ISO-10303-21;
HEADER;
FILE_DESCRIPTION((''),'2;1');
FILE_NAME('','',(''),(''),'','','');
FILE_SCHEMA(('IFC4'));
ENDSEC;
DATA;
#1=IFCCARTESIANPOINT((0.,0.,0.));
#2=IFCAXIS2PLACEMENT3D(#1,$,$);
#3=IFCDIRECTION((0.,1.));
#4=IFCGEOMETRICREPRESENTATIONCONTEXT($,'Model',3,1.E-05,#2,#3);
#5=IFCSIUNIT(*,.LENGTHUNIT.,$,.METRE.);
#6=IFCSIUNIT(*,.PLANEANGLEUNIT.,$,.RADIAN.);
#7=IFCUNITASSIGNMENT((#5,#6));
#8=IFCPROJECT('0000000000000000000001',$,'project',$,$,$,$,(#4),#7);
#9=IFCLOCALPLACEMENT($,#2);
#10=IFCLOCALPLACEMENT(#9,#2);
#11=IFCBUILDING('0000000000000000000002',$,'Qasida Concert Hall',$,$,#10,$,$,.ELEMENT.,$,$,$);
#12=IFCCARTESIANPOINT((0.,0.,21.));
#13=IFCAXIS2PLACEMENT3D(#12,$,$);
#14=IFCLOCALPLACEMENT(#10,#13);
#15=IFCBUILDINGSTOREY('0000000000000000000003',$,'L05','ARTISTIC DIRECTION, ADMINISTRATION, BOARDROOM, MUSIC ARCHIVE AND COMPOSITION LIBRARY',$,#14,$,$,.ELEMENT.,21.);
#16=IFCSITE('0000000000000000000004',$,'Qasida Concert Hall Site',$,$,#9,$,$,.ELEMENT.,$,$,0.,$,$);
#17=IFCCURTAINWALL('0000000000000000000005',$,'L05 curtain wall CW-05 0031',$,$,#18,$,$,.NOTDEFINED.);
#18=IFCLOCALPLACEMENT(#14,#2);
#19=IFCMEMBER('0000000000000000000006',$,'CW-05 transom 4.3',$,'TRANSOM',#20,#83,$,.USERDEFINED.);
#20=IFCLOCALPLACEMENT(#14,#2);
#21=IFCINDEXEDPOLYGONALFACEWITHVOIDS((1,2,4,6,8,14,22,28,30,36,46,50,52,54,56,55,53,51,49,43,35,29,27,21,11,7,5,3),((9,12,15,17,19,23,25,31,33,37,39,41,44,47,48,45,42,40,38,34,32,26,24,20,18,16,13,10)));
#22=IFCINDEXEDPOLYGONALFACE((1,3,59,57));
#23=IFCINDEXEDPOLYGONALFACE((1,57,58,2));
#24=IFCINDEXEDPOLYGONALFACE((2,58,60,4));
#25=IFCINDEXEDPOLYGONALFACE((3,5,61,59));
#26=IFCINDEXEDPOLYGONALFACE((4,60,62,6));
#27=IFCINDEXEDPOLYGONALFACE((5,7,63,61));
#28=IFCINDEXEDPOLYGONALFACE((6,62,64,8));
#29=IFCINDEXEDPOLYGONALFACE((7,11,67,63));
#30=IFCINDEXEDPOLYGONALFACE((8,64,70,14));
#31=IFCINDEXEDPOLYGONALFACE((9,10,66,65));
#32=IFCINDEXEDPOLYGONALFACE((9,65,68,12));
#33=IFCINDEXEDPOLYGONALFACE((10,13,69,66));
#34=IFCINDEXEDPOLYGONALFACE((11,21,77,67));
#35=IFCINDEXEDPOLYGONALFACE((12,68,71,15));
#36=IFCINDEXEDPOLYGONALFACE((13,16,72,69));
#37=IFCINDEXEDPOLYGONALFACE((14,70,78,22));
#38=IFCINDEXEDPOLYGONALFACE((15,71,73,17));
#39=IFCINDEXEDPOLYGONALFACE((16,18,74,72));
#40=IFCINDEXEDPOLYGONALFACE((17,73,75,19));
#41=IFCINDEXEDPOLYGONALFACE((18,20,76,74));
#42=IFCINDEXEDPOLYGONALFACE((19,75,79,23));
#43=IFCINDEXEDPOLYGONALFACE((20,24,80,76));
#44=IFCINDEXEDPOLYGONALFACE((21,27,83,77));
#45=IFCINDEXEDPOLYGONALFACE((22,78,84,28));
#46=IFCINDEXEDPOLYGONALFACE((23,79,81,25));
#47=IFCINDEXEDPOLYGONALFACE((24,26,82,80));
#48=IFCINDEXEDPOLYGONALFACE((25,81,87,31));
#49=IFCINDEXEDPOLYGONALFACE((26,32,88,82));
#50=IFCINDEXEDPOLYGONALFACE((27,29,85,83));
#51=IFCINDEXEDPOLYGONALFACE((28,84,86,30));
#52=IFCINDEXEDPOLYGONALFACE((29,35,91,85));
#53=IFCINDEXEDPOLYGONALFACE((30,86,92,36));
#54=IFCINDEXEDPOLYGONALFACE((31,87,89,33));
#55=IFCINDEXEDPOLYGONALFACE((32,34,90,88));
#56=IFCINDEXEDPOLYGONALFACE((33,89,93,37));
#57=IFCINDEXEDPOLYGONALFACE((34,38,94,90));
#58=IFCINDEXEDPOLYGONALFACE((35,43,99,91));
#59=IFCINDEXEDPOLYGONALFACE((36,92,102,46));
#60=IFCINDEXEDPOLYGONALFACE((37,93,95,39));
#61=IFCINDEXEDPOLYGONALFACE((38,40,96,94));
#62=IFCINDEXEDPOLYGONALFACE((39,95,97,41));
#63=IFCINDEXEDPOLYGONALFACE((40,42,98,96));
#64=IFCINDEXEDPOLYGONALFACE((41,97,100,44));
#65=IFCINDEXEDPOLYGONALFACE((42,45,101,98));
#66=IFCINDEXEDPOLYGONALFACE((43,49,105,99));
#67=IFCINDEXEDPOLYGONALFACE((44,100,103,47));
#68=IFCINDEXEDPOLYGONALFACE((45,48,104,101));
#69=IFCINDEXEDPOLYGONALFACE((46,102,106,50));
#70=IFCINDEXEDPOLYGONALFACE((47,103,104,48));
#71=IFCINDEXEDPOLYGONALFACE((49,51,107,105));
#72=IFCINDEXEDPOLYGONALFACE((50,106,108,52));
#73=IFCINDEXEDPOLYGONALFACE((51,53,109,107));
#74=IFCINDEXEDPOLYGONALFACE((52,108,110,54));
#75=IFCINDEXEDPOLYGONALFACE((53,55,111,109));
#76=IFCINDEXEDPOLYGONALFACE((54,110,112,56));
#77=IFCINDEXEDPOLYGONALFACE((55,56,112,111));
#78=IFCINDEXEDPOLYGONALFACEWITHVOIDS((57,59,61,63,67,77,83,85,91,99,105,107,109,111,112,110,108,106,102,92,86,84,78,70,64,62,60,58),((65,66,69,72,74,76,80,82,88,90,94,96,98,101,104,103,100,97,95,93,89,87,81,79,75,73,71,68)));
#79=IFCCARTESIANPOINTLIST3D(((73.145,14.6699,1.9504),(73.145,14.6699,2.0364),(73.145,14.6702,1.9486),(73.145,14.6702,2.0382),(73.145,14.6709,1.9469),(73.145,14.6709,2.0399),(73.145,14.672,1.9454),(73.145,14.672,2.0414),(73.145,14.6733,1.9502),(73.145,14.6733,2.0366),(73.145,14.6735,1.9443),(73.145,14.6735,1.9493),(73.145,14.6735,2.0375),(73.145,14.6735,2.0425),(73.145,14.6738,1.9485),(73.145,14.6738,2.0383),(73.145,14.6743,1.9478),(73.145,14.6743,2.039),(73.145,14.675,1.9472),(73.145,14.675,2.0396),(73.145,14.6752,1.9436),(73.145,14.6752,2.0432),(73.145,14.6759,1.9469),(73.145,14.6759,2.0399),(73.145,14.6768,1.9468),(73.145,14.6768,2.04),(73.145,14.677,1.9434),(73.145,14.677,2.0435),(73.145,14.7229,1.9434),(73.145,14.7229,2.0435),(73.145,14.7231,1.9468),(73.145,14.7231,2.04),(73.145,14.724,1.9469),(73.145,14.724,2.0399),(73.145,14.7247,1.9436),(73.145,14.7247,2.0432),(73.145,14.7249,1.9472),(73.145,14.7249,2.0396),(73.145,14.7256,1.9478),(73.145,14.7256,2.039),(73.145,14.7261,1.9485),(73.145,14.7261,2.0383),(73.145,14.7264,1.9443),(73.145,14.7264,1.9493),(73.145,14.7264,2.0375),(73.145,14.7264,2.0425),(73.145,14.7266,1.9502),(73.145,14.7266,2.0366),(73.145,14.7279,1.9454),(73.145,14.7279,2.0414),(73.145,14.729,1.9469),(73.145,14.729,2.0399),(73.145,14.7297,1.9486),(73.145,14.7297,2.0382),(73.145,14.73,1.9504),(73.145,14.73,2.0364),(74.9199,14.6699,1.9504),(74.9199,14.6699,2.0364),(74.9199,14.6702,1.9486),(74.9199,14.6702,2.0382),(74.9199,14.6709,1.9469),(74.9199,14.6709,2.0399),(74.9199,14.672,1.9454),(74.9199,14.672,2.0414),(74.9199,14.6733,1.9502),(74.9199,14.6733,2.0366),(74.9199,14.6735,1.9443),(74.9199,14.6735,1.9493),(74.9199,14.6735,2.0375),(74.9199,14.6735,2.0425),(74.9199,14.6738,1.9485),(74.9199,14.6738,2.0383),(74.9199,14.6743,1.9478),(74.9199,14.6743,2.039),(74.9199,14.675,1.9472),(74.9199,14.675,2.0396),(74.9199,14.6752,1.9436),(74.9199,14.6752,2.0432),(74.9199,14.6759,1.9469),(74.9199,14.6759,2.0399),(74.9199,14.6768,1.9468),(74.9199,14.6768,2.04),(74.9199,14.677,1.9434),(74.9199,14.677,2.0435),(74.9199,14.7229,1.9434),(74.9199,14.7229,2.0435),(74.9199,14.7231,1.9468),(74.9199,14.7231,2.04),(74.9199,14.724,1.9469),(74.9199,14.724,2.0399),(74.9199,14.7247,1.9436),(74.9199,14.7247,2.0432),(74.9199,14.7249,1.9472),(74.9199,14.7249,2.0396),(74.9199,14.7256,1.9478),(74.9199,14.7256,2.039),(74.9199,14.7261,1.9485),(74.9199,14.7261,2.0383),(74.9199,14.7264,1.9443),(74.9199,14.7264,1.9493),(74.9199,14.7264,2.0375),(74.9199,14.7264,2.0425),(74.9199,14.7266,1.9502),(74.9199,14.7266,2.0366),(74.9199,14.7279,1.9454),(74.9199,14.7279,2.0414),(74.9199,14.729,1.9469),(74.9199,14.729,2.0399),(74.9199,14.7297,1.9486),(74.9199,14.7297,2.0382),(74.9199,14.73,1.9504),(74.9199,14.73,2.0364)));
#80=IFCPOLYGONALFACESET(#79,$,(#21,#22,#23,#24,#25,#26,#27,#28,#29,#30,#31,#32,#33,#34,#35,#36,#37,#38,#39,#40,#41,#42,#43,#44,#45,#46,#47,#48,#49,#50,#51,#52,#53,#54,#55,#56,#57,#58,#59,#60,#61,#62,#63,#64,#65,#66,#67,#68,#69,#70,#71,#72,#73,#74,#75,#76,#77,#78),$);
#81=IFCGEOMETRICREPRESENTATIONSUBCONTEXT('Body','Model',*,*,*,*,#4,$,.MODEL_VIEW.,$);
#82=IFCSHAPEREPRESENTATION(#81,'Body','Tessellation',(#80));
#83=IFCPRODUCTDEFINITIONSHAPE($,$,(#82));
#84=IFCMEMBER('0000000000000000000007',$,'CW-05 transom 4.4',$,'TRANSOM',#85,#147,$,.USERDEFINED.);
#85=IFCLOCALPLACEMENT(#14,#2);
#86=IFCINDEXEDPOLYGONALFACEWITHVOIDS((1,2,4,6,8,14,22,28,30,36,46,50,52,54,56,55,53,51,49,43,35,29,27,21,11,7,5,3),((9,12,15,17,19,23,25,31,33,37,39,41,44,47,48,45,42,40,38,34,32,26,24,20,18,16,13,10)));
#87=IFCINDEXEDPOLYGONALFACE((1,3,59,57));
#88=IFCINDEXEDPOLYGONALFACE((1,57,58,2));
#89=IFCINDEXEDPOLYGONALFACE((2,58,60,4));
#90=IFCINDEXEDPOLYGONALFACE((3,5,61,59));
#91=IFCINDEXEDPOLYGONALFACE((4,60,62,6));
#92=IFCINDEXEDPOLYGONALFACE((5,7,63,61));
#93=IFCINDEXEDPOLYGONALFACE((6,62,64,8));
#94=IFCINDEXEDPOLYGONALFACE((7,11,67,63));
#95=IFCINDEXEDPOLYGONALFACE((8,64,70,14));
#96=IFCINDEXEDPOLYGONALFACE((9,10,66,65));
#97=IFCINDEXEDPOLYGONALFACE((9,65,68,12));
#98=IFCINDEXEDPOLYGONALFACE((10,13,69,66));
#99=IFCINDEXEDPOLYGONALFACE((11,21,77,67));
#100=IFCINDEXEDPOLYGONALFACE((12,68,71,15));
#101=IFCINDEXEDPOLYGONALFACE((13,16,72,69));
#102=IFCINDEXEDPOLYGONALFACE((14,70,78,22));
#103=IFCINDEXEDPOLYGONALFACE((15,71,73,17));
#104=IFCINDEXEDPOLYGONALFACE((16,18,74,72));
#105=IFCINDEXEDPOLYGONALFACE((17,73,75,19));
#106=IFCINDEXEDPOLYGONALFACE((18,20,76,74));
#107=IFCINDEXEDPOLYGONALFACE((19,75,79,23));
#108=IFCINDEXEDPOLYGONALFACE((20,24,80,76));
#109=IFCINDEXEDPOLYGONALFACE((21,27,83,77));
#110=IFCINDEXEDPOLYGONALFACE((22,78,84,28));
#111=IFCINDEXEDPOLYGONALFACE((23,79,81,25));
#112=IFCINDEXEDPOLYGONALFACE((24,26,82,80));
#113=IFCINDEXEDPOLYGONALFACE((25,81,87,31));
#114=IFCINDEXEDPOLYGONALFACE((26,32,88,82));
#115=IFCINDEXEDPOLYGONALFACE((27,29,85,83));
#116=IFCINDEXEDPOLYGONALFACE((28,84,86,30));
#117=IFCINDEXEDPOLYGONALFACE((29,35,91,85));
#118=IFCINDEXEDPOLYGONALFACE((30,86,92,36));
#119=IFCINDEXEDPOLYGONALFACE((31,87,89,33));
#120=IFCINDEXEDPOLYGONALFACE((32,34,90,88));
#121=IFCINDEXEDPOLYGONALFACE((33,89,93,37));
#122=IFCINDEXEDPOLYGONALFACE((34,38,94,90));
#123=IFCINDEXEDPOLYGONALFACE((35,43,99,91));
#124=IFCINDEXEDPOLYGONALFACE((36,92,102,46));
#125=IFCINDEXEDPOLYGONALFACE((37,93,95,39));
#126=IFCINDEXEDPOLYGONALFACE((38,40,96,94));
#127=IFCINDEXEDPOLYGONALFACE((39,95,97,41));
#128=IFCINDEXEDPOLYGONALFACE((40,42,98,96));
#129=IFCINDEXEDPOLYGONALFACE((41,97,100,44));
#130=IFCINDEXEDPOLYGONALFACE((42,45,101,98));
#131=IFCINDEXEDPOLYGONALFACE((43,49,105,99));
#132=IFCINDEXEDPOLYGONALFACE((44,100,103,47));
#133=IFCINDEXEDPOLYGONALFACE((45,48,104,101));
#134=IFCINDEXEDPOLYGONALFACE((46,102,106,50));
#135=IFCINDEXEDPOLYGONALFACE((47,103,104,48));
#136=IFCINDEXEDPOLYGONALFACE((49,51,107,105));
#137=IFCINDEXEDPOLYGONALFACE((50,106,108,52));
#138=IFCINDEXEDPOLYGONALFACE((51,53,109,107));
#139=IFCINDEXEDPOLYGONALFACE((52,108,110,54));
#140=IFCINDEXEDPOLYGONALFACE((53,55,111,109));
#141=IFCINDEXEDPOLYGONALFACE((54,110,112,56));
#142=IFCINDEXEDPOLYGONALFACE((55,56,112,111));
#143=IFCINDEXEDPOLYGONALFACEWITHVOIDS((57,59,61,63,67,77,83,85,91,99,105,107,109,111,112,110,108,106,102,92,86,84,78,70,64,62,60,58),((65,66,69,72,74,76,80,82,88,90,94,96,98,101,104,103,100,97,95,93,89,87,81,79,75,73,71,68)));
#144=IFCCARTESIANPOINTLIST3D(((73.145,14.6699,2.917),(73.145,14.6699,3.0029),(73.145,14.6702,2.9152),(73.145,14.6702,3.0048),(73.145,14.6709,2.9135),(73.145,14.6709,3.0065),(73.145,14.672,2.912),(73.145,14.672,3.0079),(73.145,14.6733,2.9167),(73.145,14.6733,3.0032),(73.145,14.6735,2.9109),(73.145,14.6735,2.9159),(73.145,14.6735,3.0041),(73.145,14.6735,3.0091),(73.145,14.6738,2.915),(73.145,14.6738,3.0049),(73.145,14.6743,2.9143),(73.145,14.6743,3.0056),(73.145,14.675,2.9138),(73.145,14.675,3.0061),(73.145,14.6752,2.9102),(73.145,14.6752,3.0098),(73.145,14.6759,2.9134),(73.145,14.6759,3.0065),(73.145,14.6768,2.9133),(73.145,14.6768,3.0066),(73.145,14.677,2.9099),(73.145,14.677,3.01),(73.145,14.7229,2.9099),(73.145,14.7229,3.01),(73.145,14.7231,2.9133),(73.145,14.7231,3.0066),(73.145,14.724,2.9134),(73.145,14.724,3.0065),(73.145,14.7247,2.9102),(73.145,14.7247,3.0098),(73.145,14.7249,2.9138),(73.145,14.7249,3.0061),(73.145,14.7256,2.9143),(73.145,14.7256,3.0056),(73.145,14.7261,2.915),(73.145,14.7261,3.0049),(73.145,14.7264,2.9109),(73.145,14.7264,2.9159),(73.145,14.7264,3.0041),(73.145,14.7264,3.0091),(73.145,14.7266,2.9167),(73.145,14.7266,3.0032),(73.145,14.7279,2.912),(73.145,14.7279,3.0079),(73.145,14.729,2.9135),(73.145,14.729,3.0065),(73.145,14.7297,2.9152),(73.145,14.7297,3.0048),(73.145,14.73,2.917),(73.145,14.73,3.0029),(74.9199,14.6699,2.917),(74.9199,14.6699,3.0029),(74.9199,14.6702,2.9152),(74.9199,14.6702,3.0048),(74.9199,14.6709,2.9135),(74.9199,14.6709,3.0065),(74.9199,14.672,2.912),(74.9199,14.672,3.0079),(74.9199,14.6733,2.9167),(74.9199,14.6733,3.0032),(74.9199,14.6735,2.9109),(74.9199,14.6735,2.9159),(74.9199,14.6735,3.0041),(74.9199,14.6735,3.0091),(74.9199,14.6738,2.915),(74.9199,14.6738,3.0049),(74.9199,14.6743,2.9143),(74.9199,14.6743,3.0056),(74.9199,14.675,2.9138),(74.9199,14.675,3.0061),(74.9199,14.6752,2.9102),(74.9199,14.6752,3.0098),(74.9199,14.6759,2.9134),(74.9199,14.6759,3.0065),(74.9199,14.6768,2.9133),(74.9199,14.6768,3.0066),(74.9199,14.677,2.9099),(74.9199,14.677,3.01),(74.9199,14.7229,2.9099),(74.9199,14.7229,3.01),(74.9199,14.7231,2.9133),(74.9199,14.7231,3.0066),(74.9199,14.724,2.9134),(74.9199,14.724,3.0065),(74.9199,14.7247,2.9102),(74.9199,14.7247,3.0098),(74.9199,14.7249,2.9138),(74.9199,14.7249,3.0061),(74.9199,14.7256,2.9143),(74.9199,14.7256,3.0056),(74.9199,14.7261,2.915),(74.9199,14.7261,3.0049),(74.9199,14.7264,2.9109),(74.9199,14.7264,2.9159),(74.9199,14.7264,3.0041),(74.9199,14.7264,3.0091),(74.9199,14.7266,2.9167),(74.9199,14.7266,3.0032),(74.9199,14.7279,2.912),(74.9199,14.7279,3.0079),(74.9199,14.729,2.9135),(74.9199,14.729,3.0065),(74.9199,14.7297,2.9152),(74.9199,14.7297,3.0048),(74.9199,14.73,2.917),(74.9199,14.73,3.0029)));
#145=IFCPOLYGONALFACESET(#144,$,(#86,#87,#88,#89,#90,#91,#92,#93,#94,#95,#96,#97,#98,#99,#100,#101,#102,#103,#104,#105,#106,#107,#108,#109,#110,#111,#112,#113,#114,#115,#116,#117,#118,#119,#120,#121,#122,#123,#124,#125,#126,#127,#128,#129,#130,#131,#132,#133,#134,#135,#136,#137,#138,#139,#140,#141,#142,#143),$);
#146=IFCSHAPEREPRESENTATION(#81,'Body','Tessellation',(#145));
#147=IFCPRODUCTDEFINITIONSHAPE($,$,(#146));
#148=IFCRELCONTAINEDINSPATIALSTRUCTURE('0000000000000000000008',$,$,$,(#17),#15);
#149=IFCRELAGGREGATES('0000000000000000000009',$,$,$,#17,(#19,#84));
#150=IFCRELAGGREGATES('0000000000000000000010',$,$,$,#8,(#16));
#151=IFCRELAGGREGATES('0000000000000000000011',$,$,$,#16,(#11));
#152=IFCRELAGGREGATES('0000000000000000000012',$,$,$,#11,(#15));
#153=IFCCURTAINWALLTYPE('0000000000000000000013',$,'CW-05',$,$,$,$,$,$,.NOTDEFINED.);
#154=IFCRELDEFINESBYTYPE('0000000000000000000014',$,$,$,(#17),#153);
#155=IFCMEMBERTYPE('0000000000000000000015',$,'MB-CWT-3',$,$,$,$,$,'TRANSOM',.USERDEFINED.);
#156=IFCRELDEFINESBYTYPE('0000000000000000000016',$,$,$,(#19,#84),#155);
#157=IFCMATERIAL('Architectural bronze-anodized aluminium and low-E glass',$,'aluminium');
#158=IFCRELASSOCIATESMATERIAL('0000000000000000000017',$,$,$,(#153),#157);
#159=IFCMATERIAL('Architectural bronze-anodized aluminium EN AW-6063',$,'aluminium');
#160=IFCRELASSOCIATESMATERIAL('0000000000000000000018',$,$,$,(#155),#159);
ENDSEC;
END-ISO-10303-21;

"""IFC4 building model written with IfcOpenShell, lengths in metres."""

from ifc_helpers import new_model, si_unit, direction, frame, origin, origin_2d, place, context, subcontext, project, spatial, hollow_rectangle, extrude, material, material_profile, profile_set, type_object, element, aggregate, save


model = new_model("IFC4")

# Units and contexts
model_context = context("Model", 3, precision=1e-05, world=origin(), true_north=direction((0.0, 1.0)))
body_context = subcontext(model_context, "Body", "Model", "MODEL_VIEW")
ifc_project = project(units=[si_unit("LENGTHUNIT", "METRE"), si_unit("PLANEANGLEUNIT", "RADIAN")], contexts=[model_context])

# Site, building, storey
site_placement = place(None, origin())
site = spatial("IfcSite", under=ifc_project, at=site_placement, Name="Qasida Concert Hall Site", CompositionType="ELEMENT", RefElevation=0.0)
building_placement = place(site_placement, origin())
building = spatial("IfcBuilding", under=site, at=building_placement, Name="Qasida Concert Hall", CompositionType="ELEMENT")
storey_placement = place(building_placement, frame((0.0, 0.0, 21.0)))
storey = spatial("IfcBuildingStorey", under=building, at=storey_placement, Name="L05", Description="ARTISTIC DIRECTION, ADMINISTRATION, BOARDROOM, MUSIC ARCHIVE AND COMPOSITION LIBRARY", CompositionType="ELEMENT", Elevation=21.0)

# Curtain wall
ifc_material_1 = material(Name="Architectural bronze-anodized aluminium and low-E glass", Category="aluminium")
curtain_wall_type = type_object("IfcCurtainWallType", Name="CW-05", PredefinedType="NOTDEFINED", material=ifc_material_1)
curtain_wall_1_placement = place(storey_placement, origin())
curtain_wall_1 = element("IfcCurtainWall", 1, at=curtain_wall_1_placement, inside=storey, type_object=curtain_wall_type, Name="L05 curtain wall CW-05 0031", PredefinedType="NOTDEFINED")
ifc_material_2 = material(Name="Architectural bronze-anodized aluminium EN AW-6063", Category="aluminium")

# Members
ifc_material_profile_1 = material_profile(ifc_material_2, hollow_rectangle(XDim=0.0601, YDim=0.1001, WallThickness=0.0034, InnerFilletRadius=0.0034, OuterFilletRadius=0.0071, at=origin_2d()), Name="CWT 100x60x3.5")
ifc_profile_set_1 = profile_set([ifc_material_profile_1], Name="Architectural bronze-anodized aluminium EN AW-6063")
member_type_1 = type_object("IfcMemberType", Name="MB-CWT-3", ElementType="TRANSOM", PredefinedType="USERDEFINED", material=ifc_profile_set_1)
member_1_placement = place(storey_placement, frame((73.145, 14.7, 1.9934), z_axis=(1.0, 0.0, 0.0), x_axis=(0.0, 1.0, 0.0)))
member_1 = element("IfcMember", 2, at=member_1_placement, type_object=member_type_1, Name="CW-05 transom 4.3", ObjectType="TRANSOM", PredefinedType="USERDEFINED", context=body_context, shape_type="SweptSolid", body=[
    extrude(hollow_rectangle(XDim=0.0601, YDim=0.1001, WallThickness=0.0034, InnerFilletRadius=0.0034, OuterFilletRadius=0.0071, at=origin_2d()), origin(), (0.0, 0.0, 1.0), 1.7749),
])
member_2_placement = place(storey_placement, frame((73.145, 14.7, 2.96), z_axis=(1.0, 0.0, 0.0), x_axis=(0.0, 1.0, 0.0)))
member_2 = element("IfcMember", 3, at=member_2_placement, type_object=member_type_1, Name="CW-05 transom 4.4", ObjectType="TRANSOM", PredefinedType="USERDEFINED", context=body_context, shape_type="SweptSolid", body=[
    extrude(hollow_rectangle(XDim=0.0601, YDim=0.1001, WallThickness=0.0034, InnerFilletRadius=0.0034, OuterFilletRadius=0.0071, at=origin_2d()), origin(), (0.0, 0.0, 1.0), 1.7749),
])

aggregate(curtain_wall_1, [member_1, member_2])

save(model, "model.ifc")
